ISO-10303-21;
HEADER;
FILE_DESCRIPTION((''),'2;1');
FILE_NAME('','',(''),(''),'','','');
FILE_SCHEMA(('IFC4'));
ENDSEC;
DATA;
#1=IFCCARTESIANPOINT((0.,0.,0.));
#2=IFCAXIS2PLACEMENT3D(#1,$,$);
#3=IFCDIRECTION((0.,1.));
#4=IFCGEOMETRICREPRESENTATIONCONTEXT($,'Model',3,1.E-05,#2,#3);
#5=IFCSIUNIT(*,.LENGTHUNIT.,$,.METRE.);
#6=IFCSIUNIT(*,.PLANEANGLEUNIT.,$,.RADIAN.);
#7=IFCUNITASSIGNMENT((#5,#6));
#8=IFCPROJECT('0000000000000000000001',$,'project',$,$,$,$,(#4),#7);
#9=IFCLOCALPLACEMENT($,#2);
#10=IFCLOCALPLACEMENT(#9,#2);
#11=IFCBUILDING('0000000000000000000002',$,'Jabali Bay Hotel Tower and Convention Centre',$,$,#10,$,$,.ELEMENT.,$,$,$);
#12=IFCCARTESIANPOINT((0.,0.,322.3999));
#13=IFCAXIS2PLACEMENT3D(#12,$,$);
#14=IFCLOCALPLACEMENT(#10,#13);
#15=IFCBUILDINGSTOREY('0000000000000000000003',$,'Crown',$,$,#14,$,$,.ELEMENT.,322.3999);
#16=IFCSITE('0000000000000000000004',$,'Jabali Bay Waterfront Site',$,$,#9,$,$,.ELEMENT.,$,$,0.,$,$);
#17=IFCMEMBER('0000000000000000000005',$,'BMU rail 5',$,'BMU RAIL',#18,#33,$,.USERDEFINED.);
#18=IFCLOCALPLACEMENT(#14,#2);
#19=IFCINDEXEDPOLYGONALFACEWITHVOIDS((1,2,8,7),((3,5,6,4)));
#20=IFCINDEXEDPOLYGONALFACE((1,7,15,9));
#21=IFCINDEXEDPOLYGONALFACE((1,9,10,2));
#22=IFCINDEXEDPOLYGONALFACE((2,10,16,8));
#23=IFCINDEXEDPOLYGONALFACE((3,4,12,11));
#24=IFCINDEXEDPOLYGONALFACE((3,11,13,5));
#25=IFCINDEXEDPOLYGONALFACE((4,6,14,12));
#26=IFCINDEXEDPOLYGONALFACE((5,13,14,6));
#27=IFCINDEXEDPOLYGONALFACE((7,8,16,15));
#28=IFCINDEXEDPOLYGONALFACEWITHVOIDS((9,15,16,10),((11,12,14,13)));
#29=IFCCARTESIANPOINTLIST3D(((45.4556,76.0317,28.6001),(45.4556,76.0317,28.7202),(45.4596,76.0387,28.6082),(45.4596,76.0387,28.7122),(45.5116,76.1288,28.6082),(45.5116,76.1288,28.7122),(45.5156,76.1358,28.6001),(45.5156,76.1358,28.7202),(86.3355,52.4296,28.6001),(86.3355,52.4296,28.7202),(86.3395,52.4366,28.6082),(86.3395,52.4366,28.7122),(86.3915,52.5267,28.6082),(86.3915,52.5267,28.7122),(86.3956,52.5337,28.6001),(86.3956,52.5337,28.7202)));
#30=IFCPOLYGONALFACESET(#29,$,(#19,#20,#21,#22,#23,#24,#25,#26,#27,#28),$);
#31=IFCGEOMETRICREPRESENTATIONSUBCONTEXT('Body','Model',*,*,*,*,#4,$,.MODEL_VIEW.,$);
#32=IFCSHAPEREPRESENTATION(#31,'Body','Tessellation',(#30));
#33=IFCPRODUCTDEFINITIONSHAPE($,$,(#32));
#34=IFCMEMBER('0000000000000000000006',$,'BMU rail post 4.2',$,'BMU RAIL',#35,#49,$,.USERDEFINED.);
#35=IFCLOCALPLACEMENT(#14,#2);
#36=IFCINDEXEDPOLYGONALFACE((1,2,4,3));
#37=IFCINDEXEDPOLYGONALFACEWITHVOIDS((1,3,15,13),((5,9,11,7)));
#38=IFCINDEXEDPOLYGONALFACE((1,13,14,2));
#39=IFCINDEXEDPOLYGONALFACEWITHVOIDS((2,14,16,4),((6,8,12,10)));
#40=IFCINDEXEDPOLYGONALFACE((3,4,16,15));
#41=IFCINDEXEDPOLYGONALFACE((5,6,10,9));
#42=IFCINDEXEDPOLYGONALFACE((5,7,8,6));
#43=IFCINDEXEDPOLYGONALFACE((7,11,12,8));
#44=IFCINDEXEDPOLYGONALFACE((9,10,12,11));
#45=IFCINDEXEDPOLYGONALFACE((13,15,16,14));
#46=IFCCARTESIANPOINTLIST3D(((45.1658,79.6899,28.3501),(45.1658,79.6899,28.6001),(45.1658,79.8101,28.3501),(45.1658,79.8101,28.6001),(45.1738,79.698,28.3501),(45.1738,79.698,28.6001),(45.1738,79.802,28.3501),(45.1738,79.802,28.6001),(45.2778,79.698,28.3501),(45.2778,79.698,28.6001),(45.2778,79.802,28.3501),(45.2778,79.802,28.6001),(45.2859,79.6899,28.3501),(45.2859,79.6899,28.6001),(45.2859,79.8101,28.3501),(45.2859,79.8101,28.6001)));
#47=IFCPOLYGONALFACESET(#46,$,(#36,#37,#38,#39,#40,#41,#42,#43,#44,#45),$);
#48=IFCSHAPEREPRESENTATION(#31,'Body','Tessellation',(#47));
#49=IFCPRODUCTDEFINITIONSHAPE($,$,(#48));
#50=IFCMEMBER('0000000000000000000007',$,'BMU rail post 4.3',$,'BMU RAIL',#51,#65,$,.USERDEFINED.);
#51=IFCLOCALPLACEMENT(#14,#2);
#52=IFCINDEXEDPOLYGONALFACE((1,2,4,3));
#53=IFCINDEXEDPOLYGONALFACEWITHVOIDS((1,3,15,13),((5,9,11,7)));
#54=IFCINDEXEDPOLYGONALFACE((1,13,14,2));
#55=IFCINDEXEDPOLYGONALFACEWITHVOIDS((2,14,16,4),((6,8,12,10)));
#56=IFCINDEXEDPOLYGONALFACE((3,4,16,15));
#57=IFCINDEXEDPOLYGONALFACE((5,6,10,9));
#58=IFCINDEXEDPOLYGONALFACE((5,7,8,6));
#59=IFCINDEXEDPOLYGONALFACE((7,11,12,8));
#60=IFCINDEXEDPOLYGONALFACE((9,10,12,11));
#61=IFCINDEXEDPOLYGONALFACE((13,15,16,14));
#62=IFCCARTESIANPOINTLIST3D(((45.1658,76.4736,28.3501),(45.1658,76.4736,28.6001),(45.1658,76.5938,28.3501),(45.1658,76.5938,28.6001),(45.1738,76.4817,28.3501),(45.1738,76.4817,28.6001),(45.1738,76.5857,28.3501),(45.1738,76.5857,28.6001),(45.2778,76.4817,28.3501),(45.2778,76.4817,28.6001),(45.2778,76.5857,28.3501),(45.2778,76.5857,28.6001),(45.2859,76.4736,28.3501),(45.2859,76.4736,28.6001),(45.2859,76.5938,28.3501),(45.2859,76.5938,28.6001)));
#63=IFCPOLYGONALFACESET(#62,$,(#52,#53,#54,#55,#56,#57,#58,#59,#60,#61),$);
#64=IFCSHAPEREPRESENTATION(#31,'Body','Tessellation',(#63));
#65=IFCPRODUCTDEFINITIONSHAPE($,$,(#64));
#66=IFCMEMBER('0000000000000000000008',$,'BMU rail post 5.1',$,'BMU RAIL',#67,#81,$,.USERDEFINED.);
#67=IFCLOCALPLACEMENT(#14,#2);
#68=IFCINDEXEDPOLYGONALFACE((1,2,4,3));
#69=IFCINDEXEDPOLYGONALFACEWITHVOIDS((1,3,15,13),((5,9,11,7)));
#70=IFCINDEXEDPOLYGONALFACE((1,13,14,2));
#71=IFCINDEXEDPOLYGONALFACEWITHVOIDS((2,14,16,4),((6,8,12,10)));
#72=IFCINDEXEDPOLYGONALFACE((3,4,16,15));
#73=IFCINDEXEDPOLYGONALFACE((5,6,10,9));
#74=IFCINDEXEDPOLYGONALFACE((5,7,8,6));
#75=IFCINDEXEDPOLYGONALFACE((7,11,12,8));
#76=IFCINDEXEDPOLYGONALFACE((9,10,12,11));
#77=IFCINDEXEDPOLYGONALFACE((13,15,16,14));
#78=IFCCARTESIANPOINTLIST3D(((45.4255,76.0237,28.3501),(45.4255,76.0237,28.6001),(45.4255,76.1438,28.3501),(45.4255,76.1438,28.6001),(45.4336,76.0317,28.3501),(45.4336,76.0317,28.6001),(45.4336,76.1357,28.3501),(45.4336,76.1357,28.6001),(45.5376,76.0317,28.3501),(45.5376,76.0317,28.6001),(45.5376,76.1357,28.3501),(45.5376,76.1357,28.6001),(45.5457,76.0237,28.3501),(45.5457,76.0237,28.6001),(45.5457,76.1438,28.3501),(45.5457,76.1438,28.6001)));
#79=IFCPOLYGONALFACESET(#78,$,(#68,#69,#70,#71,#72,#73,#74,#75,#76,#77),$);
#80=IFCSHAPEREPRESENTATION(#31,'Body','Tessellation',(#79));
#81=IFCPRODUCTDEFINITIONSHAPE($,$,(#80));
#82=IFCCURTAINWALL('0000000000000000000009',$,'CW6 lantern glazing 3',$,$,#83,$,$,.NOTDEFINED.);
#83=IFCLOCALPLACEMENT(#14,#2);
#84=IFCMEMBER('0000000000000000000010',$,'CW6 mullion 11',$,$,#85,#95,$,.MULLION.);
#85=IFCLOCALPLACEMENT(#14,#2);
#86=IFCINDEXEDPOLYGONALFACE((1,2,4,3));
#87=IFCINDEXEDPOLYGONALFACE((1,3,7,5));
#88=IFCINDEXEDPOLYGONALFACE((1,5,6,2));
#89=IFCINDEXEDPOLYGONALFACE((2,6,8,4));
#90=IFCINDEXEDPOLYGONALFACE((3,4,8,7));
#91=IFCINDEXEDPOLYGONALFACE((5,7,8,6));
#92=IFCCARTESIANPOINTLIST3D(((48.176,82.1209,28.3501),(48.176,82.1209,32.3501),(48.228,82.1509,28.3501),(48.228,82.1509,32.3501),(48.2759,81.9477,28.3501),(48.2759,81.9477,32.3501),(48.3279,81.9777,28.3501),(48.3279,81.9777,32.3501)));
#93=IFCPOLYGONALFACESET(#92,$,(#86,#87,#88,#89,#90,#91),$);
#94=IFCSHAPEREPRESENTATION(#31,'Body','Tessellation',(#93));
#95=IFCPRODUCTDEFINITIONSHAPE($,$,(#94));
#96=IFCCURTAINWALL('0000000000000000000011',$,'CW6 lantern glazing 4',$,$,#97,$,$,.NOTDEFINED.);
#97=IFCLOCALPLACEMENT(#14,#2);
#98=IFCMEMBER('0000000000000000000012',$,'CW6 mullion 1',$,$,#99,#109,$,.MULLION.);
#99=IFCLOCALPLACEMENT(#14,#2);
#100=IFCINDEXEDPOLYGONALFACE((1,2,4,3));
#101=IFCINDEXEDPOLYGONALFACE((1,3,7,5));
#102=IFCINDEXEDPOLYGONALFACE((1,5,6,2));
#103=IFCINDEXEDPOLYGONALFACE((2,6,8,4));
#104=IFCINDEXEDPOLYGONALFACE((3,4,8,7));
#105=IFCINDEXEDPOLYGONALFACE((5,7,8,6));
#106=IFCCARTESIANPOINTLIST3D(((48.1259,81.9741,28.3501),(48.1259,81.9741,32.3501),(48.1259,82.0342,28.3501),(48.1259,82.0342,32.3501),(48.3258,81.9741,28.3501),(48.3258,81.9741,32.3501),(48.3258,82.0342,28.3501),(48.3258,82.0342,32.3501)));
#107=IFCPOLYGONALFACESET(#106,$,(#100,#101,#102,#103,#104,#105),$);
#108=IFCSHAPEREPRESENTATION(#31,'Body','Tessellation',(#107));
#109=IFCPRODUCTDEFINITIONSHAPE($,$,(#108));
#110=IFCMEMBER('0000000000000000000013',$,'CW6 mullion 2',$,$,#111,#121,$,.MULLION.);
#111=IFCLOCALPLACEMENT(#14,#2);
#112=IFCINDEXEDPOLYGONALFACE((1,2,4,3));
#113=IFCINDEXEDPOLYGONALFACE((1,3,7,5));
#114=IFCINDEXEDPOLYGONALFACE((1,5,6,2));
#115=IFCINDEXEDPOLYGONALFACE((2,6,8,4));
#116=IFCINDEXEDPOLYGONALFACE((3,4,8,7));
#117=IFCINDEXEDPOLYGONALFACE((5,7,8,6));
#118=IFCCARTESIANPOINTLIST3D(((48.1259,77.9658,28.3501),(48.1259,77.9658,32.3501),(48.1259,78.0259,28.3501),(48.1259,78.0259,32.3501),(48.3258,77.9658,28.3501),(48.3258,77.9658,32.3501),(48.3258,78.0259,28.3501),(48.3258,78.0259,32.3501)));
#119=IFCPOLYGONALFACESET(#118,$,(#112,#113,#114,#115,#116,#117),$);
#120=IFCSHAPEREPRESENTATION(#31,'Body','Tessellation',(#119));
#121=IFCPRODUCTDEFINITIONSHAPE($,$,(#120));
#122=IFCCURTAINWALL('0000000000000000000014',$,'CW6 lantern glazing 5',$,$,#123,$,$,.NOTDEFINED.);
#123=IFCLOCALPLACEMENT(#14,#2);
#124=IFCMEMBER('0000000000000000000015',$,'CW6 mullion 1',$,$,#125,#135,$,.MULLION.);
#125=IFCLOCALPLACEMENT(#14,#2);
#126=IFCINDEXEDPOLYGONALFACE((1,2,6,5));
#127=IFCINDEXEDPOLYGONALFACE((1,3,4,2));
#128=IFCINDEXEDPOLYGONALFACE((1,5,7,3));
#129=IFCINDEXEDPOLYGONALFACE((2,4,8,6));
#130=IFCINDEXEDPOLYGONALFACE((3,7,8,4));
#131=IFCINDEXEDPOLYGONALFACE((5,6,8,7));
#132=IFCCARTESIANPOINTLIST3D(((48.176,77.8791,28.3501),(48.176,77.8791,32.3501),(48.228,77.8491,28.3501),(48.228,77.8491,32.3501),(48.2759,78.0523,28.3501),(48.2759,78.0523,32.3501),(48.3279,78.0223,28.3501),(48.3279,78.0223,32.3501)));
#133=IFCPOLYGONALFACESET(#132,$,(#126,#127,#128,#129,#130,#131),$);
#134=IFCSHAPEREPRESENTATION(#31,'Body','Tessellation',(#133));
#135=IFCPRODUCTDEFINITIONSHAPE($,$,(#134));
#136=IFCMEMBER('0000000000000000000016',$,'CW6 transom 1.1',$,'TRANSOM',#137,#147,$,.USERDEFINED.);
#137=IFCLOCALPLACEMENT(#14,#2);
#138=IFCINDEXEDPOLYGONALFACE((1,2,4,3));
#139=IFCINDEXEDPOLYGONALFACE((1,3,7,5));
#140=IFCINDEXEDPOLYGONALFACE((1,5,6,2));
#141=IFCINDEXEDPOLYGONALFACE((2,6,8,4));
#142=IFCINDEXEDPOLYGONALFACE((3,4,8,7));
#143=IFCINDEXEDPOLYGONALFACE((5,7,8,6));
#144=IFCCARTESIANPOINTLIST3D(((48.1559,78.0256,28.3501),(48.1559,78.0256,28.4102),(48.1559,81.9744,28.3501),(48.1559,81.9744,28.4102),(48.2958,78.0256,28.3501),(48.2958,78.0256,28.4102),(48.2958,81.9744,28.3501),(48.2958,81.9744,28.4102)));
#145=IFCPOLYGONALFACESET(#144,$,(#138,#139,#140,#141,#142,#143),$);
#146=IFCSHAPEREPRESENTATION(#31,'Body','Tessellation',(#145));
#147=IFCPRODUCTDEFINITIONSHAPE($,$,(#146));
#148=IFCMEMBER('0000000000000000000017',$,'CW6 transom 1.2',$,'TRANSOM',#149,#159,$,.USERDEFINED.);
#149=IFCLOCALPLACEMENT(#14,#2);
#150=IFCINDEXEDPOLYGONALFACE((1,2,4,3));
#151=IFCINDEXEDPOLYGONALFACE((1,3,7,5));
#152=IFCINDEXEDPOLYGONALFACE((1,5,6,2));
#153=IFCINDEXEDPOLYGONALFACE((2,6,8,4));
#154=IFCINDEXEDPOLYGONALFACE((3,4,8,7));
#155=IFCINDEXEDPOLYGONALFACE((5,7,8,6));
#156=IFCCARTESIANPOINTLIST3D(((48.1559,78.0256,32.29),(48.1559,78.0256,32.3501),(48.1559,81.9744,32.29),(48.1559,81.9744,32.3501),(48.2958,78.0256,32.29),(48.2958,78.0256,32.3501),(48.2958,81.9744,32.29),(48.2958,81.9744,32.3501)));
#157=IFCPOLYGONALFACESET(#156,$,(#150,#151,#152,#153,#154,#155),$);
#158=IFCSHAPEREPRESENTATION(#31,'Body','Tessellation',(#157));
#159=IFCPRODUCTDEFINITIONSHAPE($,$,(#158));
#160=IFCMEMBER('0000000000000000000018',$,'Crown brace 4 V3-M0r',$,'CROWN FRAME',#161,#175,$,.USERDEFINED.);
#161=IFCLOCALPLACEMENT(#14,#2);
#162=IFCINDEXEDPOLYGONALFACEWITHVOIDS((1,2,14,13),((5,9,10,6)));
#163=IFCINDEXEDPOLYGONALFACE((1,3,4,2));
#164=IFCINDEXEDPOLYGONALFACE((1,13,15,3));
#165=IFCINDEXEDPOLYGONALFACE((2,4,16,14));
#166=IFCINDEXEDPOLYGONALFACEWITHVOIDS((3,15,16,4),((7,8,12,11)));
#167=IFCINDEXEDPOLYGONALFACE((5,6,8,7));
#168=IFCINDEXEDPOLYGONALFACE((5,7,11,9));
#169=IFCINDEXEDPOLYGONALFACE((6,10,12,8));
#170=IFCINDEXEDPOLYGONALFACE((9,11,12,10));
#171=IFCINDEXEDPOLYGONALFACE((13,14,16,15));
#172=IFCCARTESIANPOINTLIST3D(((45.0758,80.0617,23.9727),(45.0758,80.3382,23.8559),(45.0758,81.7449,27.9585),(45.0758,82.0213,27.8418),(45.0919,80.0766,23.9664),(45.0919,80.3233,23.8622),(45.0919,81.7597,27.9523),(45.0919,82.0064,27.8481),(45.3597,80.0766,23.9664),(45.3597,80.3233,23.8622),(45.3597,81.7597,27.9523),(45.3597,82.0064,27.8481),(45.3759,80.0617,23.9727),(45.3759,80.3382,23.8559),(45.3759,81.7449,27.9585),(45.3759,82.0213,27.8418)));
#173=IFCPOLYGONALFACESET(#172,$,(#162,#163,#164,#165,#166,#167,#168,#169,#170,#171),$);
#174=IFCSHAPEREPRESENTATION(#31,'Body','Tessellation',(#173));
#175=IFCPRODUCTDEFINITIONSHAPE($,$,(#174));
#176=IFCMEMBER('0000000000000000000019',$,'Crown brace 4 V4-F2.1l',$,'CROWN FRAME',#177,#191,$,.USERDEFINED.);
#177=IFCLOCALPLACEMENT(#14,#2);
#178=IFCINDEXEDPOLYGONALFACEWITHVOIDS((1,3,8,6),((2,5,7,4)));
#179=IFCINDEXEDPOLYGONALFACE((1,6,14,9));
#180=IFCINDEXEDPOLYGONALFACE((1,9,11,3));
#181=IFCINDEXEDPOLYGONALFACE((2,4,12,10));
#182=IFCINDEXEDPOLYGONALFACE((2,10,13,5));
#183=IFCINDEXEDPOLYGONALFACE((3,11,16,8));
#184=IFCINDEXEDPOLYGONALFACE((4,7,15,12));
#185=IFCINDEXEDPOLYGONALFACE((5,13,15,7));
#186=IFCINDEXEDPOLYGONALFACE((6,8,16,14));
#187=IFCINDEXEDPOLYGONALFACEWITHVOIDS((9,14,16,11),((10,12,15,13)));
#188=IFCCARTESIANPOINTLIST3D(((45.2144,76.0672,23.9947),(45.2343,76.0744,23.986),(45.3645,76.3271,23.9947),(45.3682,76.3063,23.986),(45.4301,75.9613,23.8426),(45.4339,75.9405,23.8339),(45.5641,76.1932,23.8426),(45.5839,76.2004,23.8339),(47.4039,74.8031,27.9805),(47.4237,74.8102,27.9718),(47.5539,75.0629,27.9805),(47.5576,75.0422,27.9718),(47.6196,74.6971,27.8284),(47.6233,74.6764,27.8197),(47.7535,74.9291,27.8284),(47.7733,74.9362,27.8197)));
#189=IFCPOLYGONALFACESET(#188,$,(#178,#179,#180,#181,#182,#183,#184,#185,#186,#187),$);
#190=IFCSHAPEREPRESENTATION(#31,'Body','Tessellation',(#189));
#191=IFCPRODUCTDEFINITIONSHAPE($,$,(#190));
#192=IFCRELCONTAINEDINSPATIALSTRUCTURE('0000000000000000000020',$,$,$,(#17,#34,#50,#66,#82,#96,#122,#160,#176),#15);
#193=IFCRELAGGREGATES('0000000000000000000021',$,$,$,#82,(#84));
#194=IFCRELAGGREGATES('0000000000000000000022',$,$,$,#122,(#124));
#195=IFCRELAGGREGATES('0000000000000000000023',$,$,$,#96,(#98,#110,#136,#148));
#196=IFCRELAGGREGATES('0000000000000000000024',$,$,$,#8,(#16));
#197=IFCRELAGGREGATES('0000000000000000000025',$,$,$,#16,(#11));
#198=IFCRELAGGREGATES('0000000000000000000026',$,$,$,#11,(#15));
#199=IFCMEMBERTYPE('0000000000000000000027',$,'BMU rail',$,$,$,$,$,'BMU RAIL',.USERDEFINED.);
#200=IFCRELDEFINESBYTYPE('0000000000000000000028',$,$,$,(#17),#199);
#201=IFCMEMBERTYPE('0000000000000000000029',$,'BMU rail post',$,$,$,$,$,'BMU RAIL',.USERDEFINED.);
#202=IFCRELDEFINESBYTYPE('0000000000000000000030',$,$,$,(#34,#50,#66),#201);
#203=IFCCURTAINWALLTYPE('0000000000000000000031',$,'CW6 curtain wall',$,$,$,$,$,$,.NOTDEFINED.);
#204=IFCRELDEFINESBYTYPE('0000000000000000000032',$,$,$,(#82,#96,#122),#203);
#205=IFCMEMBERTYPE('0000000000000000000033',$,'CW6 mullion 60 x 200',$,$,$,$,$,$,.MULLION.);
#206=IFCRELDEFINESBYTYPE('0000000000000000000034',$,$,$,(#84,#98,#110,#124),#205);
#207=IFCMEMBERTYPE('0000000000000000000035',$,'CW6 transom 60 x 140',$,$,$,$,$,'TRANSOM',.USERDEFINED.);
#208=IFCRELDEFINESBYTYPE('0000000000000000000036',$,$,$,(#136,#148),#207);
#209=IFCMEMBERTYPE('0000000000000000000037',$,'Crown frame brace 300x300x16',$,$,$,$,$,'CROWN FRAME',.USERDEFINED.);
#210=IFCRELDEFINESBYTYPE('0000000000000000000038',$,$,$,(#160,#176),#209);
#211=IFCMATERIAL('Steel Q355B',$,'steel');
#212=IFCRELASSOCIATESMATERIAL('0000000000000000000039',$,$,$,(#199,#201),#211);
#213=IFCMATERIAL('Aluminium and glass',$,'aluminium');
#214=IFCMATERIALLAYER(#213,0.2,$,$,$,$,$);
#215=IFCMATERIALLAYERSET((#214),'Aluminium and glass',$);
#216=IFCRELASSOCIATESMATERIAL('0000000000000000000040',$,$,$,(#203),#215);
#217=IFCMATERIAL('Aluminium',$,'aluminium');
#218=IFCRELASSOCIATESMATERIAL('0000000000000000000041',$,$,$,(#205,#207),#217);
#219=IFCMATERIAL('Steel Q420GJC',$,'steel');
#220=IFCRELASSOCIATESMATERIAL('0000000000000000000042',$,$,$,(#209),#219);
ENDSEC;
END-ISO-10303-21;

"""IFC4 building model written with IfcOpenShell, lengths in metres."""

from ifc_helpers import new_model, si_unit, direction, frame, origin, origin_2d, place, context, subcontext, project, spatial, rectangle, hollow_rectangle, extrude, material, layer, layer_set, material_profile, profile_set, type_object, element, aggregate, save


model = new_model("IFC4")

# Units and contexts
model_context = context("Model", 3, precision=1e-05, world=origin(), true_north=direction((0.0, 1.0)))
body_context = subcontext(model_context, "Body", "Model", "MODEL_VIEW")
ifc_project = project(units=[si_unit("LENGTHUNIT", "METRE"), si_unit("PLANEANGLEUNIT", "RADIAN")], contexts=[model_context])

# Site, building, storey
site_placement = place(None, origin())
site = spatial("IfcSite", under=ifc_project, at=site_placement, Name="Jabali Bay Waterfront Site", CompositionType="ELEMENT", RefElevation=0.0)
building_placement = place(site_placement, origin())
building = spatial("IfcBuilding", under=site, at=building_placement, Name="Jabali Bay Hotel Tower and Convention Centre", CompositionType="ELEMENT")
storey_placement = place(building_placement, frame((0.0, 0.0, 322.3999)))
storey = spatial("IfcBuildingStorey", under=building, at=storey_placement, Name="Crown", CompositionType="ELEMENT", Elevation=322.3999)

# Members
ifc_material_1 = material(Name="Steel Q355B", Category="steel")
ifc_material_profile_1 = material_profile(ifc_material_1, hollow_rectangle(XDim=0.1201, YDim=0.1201, WallThickness=0.0081, at=origin_2d()), Name="BMU rail")
ifc_profile_set_1 = profile_set([ifc_material_profile_1], Name="Steel Q355B")
member_type_1 = type_object("IfcMemberType", Name="BMU rail", ElementType="BMU RAIL", PredefinedType="USERDEFINED", material=ifc_profile_set_1)
member_1_placement = place(storey_placement, frame((45.4856, 76.0837, 28.6602), z_axis=(0.866025, -0.500001, 0.0), x_axis=(0.500001, 0.866025, 0.0)))
element("IfcMember", 1, at=member_1_placement, inside=storey, type_object=member_type_1, Name="BMU rail 5", ObjectType="BMU RAIL", PredefinedType="USERDEFINED", context=body_context, shape_type="SweptSolid", body=[
    extrude(hollow_rectangle(XDim=0.1201, YDim=0.1201, WallThickness=0.0081, at=origin_2d()), origin(), (0.0, 0.0, 1.0), 47.2041),
])
ifc_material_profile_2 = material_profile(ifc_material_1, hollow_rectangle(XDim=0.1201, YDim=0.1201, WallThickness=0.0081, at=origin_2d()), Name="BMU rail post")
ifc_profile_set_2 = profile_set([ifc_material_profile_2], Name="Steel Q355B")
member_type_2 = type_object("IfcMemberType", Name="BMU rail post", ElementType="BMU RAIL", PredefinedType="USERDEFINED", material=ifc_profile_set_2)
for number, where, z_axis, x_axis, name in (
    (2, (45.2258, 79.75, 28.3501), (0.0, 0.0, 1.0), (1.0, 0.0, 0.0), "BMU rail post 4.2"),
    (3, (45.2258, 76.5337, 28.3501), (0.0, 0.0, 1.0), (1.0, 0.0, 0.0), "BMU rail post 4.3"),
    (4, (45.4856, 76.0837, 28.3501), (0.0, 0.0, 1.0), (1.0, 0.0, 0.0), "BMU rail post 5.1"),
):
    element("IfcMember", number, at=place(storey_placement, frame(where, z_axis=z_axis, x_axis=x_axis)), inside=storey, type_object=member_type_2, Name=name, ObjectType="BMU RAIL", PredefinedType="USERDEFINED", context=body_context, shape_type="SweptSolid", body=[
        extrude(hollow_rectangle(XDim=0.1201, YDim=0.1201, WallThickness=0.0081, at=origin_2d()), origin(), (0.0, 0.0, 1.0), 0.25),
    ])

# Curtain wall, member
ifc_material_2 = material(Name="Aluminium and glass", Category="aluminium")
ifc_layer_1 = layer(ifc_material_2, 0.2)
ifc_layer_set_1 = layer_set([ifc_layer_1], Name="Aluminium and glass")
curtain_wall_type = type_object("IfcCurtainWallType", Name="CW6 curtain wall", PredefinedType="NOTDEFINED", material=ifc_layer_set_1)
curtain_wall_1_placement = place(storey_placement, origin())
curtain_wall_1 = element("IfcCurtainWall", 5, at=curtain_wall_1_placement, inside=storey, type_object=curtain_wall_type, Name="CW6 lantern glazing 3", PredefinedType="NOTDEFINED")
ifc_material_3 = material(Name="Aluminium", Category="aluminium")
ifc_material_profile_3 = material_profile(ifc_material_3, rectangle(XDim=0.2, YDim=0.0601, at=origin_2d()), Name="CW6 mullion 60 x 200")
ifc_profile_set_3 = profile_set([ifc_material_profile_3], Name="Aluminium")
member_type_3 = type_object("IfcMemberType", Name="CW6 mullion 60 x 200", PredefinedType="MULLION", material=ifc_profile_set_3)
member_2_placement = place(storey_placement, frame((48.252, 82.0493, 28.3501), z_axis=(0.0, 0.0, 1.0), x_axis=(0.5, -0.866025, 0.0)))
member_2 = element("IfcMember", 6, at=member_2_placement, type_object=member_type_3, Name="CW6 mullion 11", PredefinedType="MULLION", context=body_context, shape_type="SweptSolid", body=[
    extrude(rectangle(XDim=0.2, YDim=0.0601, at=origin_2d()), origin(), (0.0, 0.0, 1.0), 4.0),
])
aggregate(curtain_wall_1, [member_2])

# Curtain wall, members
curtain_wall_2_placement = place(storey_placement, origin())
curtain_wall_2 = element("IfcCurtainWall", 7, at=curtain_wall_2_placement, inside=storey, type_object=curtain_wall_type, Name="CW6 lantern glazing 4", PredefinedType="NOTDEFINED")
member_3_placement = place(storey_placement, frame((48.2258, 82.0042, 28.3501), z_axis=(0.0, 0.0, 1.0), x_axis=(1.0, 0.0, 0.0)))
member_3 = element("IfcMember", 8, at=member_3_placement, type_object=member_type_3, Name="CW6 mullion 1", PredefinedType="MULLION", context=body_context, shape_type="SweptSolid", body=[
    extrude(rectangle(XDim=0.2, YDim=0.0601, at=origin_2d()), origin(), (0.0, 0.0, 1.0), 4.0),
])
member_4_placement = place(storey_placement, frame((48.2258, 77.9958, 28.3501), z_axis=(0.0, 0.0, 1.0), x_axis=(1.0, 0.0, 0.0)))
member_4 = element("IfcMember", 9, at=member_4_placement, type_object=member_type_3, Name="CW6 mullion 2", PredefinedType="MULLION", context=body_context, shape_type="SweptSolid", body=[
    extrude(rectangle(XDim=0.2, YDim=0.0601, at=origin_2d()), origin(), (0.0, 0.0, 1.0), 4.0),
])

# Curtain wall, member
curtain_wall_3_placement = place(storey_placement, origin())
curtain_wall_3 = element("IfcCurtainWall", 10, at=curtain_wall_3_placement, inside=storey, type_object=curtain_wall_type, Name="CW6 lantern glazing 5", PredefinedType="NOTDEFINED")
member_5_placement = place(storey_placement, frame((48.252, 77.9507, 28.3501), z_axis=(0.0, 0.0, 1.0), x_axis=(0.5, 0.866025, 0.0)))
member_5 = element("IfcMember", 11, at=member_5_placement, type_object=member_type_3, Name="CW6 mullion 1", PredefinedType="MULLION", context=body_context, shape_type="SweptSolid", body=[
    extrude(rectangle(XDim=0.2, YDim=0.0601, at=origin_2d()), origin(), (0.0, 0.0, 1.0), 4.0),
])
aggregate(curtain_wall_3, [member_5])

# Members
ifc_material_profile_4 = material_profile(ifc_material_3, rectangle(XDim=0.1399, YDim=0.0601, at=origin_2d()), Name="CW6 transom 60 x 140")
ifc_profile_set_4 = profile_set([ifc_material_profile_4], Name="Aluminium")
member_type_4 = type_object("IfcMemberType", Name="CW6 transom 60 x 140", ElementType="TRANSOM", PredefinedType="USERDEFINED", material=ifc_profile_set_4)
member_6_placement = place(storey_placement, frame((48.2258, 81.9744, 28.3801), z_axis=(0.0, -1.0, 0.0), x_axis=(1.0, 0.0, 0.0)))
member_6 = element("IfcMember", 12, at=member_6_placement, type_object=member_type_4, Name="CW6 transom 1.1", ObjectType="TRANSOM", PredefinedType="USERDEFINED", context=body_context, shape_type="SweptSolid", body=[
    extrude(rectangle(XDim=0.1399, YDim=0.0601, at=origin_2d()), origin(), (0.0, 0.0, 1.0), 3.9487),
])
member_7_placement = place(storey_placement, frame((48.2258, 81.9744, 32.3201), z_axis=(0.0, -1.0, 0.0), x_axis=(1.0, 0.0, 0.0)))
member_7 = element("IfcMember", 13, at=member_7_placement, type_object=member_type_4, Name="CW6 transom 1.2", ObjectType="TRANSOM", PredefinedType="USERDEFINED", context=body_context, shape_type="SweptSolid", body=[
    extrude(rectangle(XDim=0.1399, YDim=0.0601, at=origin_2d()), origin(), (0.0, 0.0, 1.0), 3.9487),
])

# Members
ifc_material_4 = material(Name="Steel Q420GJC", Category="steel")
ifc_material_profile_5 = material_profile(ifc_material_4, hollow_rectangle(XDim=0.3, YDim=0.3, WallThickness=0.0161, at=origin_2d()), Name="Crown frame brace 300x300x16")
ifc_profile_set_5 = profile_set([ifc_material_profile_5], Name="Steel Q420GJC")
member_type_5 = type_object("IfcMemberType", Name="Crown frame brace 300x300x16", ElementType="CROWN FRAME", PredefinedType="USERDEFINED", material=ifc_profile_set_5)
member_8_placement = place(storey_placement, frame((45.2258, 80.2, 23.9143), z_axis=(0.0, 0.38901, 0.921233), x_axis=(-1.0, 0.0, 0.0)))
element("IfcMember", 14, at=member_8_placement, inside=storey, type_object=member_type_5, Name="Crown brace 4 V3-M0r", ObjectType="CROWN FRAME", PredefinedType="USERDEFINED", context=body_context, shape_type="SweptSolid", body=[
    extrude(hollow_rectangle(XDim=0.3, YDim=0.3, WallThickness=0.0161, at=origin_2d()), origin(), (0.0, 0.0, 1.0), 4.3267),
])
member_9_placement = place(storey_placement, frame((45.3992, 76.1338, 23.9143), z_axis=(0.463864, -0.267829, 0.844451), x_axis=(0.500023, 0.866012, 0.0)))
element("IfcMember", 15, at=member_9_placement, inside=storey, type_object=member_type_5, Name="Crown brace 4 V4-F2.1l", ObjectType="CROWN FRAME", PredefinedType="USERDEFINED", context=body_context, shape_type="SweptSolid", body=[
    extrude(hollow_rectangle(XDim=0.3, YDim=0.3, WallThickness=0.0161, at=origin_2d()), origin(), (0.0, 0.0, 1.0), 4.72),
])

aggregate(curtain_wall_2, [member_3, member_4, member_6, member_7])

save(model, "model.ifc")
